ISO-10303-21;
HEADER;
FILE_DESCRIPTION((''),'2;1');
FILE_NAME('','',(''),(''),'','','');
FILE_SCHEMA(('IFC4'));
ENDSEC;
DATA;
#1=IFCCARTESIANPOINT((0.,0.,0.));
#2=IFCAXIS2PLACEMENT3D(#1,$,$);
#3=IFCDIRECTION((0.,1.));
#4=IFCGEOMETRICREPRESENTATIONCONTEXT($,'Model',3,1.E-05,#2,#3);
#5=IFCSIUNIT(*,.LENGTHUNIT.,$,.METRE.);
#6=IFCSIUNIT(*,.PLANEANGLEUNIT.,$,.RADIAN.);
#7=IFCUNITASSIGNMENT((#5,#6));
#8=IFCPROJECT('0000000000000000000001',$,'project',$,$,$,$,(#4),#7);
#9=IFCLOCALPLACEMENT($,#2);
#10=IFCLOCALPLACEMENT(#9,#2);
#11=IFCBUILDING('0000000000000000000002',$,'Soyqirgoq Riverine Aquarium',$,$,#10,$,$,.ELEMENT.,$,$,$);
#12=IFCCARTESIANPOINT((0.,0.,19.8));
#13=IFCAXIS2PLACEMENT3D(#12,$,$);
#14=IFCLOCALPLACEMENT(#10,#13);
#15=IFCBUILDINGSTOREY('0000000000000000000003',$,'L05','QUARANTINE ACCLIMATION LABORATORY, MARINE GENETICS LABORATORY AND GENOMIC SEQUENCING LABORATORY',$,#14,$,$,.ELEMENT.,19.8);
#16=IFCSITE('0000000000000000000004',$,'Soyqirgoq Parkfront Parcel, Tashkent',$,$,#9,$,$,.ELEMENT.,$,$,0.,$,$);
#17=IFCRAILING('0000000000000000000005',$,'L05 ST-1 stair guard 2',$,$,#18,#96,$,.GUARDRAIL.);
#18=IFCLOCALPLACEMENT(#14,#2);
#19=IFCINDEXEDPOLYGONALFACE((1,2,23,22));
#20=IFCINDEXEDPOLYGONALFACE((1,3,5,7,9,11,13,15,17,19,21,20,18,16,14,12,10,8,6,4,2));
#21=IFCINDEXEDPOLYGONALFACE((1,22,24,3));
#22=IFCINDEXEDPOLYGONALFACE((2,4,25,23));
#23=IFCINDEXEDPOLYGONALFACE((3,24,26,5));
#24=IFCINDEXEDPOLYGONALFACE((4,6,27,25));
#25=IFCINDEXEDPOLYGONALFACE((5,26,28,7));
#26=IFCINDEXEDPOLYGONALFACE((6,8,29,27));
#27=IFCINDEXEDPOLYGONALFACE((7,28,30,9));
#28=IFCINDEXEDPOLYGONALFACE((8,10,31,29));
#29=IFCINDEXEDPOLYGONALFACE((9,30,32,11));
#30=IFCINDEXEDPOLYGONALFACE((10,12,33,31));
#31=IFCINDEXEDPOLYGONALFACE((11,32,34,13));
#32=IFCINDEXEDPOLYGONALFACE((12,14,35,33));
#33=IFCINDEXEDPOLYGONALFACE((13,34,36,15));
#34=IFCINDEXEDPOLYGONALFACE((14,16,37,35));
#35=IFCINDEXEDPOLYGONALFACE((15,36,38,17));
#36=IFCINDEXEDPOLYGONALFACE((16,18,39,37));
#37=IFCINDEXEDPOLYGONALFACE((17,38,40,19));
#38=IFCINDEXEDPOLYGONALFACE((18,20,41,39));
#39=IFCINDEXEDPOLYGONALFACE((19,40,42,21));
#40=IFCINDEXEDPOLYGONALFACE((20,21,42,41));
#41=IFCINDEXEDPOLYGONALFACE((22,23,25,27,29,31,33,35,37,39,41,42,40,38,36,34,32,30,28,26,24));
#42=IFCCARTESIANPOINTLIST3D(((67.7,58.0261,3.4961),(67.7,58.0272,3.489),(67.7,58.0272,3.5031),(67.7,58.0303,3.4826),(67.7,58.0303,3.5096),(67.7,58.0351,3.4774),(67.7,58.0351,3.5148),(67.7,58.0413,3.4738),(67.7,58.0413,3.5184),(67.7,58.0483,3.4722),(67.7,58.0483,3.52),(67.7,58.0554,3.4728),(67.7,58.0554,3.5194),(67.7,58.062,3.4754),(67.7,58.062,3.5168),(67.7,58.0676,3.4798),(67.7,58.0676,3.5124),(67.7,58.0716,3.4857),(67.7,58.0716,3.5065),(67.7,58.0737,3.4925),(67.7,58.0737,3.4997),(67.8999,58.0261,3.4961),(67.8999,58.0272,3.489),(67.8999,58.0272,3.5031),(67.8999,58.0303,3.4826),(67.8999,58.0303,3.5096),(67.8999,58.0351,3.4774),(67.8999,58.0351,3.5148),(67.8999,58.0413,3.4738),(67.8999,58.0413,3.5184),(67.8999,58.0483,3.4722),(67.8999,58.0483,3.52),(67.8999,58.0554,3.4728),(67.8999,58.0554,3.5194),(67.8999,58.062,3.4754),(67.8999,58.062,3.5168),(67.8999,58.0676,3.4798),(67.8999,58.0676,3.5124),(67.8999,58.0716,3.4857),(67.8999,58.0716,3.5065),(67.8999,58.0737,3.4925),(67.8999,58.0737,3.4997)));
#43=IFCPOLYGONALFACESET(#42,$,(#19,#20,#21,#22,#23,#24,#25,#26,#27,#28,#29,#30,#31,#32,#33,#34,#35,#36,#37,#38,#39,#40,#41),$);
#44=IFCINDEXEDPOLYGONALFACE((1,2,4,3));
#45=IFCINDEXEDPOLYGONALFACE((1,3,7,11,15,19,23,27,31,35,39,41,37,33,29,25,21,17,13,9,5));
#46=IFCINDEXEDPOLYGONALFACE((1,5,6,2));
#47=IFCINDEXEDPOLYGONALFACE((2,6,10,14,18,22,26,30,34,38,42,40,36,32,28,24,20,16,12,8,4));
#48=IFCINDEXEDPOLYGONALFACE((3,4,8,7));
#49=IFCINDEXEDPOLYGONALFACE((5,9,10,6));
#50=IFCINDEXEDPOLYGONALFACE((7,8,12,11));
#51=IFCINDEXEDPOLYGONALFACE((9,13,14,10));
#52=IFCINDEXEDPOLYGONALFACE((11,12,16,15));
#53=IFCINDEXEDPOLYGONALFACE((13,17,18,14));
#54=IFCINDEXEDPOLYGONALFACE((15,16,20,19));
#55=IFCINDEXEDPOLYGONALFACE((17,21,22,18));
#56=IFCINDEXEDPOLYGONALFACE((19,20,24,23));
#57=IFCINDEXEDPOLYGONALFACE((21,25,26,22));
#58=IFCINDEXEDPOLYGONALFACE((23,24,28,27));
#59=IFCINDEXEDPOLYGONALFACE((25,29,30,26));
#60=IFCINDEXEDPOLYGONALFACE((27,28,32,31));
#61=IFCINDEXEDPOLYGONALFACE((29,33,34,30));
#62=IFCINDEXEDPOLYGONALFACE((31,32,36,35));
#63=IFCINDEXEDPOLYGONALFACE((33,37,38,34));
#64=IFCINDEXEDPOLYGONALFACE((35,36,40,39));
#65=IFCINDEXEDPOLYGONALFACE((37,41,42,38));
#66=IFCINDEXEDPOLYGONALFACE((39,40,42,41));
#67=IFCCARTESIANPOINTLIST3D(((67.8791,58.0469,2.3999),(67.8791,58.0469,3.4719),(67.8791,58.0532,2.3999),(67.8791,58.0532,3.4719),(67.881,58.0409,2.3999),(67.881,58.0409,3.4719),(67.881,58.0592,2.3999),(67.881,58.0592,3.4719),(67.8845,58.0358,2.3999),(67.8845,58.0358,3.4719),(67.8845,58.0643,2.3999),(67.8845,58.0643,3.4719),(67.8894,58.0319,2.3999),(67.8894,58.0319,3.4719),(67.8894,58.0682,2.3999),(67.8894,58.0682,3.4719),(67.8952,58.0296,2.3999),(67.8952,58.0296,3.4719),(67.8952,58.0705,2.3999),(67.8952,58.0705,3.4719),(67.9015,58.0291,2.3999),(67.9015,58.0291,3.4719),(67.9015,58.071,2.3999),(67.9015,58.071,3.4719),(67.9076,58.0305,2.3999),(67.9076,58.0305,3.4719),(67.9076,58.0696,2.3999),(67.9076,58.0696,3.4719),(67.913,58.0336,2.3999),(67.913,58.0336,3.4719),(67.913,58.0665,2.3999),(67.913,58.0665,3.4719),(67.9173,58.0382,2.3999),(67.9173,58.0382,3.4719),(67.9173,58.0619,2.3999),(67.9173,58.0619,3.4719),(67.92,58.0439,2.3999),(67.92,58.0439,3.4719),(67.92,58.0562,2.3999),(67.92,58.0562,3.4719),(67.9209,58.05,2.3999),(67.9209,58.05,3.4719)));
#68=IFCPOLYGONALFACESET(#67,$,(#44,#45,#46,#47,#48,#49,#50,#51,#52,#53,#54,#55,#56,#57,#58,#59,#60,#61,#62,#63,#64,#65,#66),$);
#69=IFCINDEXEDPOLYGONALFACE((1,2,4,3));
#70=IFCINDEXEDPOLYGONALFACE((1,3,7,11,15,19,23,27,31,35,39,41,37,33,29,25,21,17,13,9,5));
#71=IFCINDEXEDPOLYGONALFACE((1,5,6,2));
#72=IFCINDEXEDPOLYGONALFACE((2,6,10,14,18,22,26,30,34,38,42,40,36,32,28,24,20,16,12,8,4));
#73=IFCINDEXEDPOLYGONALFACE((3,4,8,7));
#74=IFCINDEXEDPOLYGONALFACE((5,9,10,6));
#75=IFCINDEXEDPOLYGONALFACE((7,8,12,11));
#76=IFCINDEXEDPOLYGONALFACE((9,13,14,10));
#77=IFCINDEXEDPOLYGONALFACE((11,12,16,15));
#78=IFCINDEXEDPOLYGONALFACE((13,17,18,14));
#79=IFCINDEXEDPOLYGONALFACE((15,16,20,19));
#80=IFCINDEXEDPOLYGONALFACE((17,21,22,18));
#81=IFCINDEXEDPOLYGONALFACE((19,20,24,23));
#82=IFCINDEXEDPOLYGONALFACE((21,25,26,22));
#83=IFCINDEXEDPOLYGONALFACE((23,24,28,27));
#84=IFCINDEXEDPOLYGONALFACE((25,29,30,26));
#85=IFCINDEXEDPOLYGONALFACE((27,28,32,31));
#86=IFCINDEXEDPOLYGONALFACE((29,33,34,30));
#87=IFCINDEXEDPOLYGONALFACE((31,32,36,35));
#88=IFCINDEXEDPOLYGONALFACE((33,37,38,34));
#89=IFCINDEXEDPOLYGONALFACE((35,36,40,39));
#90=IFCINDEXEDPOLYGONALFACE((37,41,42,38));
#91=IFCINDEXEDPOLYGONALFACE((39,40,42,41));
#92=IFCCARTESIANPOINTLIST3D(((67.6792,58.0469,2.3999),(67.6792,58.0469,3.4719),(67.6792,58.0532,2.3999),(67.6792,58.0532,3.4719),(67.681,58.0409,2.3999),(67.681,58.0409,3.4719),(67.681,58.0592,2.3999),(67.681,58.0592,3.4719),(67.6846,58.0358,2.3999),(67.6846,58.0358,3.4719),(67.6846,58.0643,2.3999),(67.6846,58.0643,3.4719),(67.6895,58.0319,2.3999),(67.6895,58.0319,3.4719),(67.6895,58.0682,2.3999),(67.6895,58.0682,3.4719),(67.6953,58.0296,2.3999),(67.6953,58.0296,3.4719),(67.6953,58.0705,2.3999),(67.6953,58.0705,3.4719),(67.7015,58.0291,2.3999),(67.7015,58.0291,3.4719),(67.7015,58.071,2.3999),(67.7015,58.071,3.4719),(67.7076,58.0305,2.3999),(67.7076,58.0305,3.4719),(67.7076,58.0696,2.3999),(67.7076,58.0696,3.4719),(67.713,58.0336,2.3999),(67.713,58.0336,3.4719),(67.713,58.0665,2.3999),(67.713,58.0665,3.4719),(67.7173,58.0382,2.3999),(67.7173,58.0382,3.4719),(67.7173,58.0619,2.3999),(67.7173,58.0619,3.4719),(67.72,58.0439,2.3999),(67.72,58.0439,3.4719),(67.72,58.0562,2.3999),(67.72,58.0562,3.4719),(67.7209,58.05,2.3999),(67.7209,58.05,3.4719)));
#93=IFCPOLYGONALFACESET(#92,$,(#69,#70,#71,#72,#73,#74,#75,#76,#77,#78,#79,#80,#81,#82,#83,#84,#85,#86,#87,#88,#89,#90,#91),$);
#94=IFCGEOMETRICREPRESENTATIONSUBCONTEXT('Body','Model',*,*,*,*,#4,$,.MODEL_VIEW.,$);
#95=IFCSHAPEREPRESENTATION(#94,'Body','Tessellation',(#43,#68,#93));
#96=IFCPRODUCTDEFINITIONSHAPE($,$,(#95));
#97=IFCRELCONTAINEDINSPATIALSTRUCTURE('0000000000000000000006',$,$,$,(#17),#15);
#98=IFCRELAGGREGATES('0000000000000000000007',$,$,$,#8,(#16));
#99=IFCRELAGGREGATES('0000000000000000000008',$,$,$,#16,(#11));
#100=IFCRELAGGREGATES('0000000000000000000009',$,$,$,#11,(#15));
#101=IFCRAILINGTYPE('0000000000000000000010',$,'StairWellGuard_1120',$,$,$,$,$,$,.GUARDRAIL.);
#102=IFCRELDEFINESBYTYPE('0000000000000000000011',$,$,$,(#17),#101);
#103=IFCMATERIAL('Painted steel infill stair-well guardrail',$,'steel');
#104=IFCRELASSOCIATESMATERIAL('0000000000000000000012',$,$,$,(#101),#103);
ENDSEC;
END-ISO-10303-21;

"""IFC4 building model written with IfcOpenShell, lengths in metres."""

from ifc_helpers import new_model, si_unit, direction, frame, origin, origin_2d, place, context, subcontext, project, spatial, circle, extrude, material, type_object, element, save


model = new_model("IFC4")

# Units and contexts
model_context = context("Model", 3, precision=1e-05, world=origin(), true_north=direction((0.0, 1.0)))
body_context = subcontext(model_context, "Body", "Model", "MODEL_VIEW")
ifc_project = project(units=[si_unit("LENGTHUNIT", "METRE"), si_unit("PLANEANGLEUNIT", "RADIAN")], contexts=[model_context])

# Site, building, storey
site_placement = place(None, origin())
site = spatial("IfcSite", under=ifc_project, at=site_placement, Name="Soyqirgoq Parkfront Parcel, Tashkent", CompositionType="ELEMENT", RefElevation=0.0)
building_placement = place(site_placement, origin())
building = spatial("IfcBuilding", under=site, at=building_placement, Name="Soyqirgoq Riverine Aquarium", CompositionType="ELEMENT")
storey_placement = place(building_placement, frame((0.0, 0.0, 19.8)))
storey = spatial("IfcBuildingStorey", under=building, at=storey_placement, Name="L05", Description="QUARANTINE ACCLIMATION LABORATORY, MARINE GENETICS LABORATORY AND GENOMIC SEQUENCING LABORATORY", CompositionType="ELEMENT", Elevation=19.8)

# Railing
ifc_material_1 = material(Name="Painted steel infill stair-well guardrail", Category="steel")
railing_type_1 = type_object("IfcRailingType", Name="StairWellGuard_1120", PredefinedType="GUARDRAIL", material=ifc_material_1)
railing_1_placement = place(storey_placement, frame((67.8999, 58.05, 2.3999)))
element("IfcRailing", 1, at=railing_1_placement, inside=storey, type_object=railing_type_1, Name="L05 ST-1 stair guard 2", PredefinedType="GUARDRAIL", context=body_context, shape_type="SweptSolid", body=[
    extrude(circle(Radius=0.0239, at=origin_2d()), frame((0.0, 0.0, 1.0962), z_axis=(-1.0, 0.0, 0.0), x_axis=(0.0, -1.0, 0.0)), (0.0, 0.0, 1.0), 0.2),
    extrude(circle(Radius=0.021, at=origin_2d()), origin(), (0.0, 0.0, 1.0), 1.072),
    extrude(circle(Radius=0.021, at=origin_2d()), frame((-0.2, 0.0, 0.0)), (0.0, 0.0, 1.0), 1.072),
])

save(model, "model.ifc")
